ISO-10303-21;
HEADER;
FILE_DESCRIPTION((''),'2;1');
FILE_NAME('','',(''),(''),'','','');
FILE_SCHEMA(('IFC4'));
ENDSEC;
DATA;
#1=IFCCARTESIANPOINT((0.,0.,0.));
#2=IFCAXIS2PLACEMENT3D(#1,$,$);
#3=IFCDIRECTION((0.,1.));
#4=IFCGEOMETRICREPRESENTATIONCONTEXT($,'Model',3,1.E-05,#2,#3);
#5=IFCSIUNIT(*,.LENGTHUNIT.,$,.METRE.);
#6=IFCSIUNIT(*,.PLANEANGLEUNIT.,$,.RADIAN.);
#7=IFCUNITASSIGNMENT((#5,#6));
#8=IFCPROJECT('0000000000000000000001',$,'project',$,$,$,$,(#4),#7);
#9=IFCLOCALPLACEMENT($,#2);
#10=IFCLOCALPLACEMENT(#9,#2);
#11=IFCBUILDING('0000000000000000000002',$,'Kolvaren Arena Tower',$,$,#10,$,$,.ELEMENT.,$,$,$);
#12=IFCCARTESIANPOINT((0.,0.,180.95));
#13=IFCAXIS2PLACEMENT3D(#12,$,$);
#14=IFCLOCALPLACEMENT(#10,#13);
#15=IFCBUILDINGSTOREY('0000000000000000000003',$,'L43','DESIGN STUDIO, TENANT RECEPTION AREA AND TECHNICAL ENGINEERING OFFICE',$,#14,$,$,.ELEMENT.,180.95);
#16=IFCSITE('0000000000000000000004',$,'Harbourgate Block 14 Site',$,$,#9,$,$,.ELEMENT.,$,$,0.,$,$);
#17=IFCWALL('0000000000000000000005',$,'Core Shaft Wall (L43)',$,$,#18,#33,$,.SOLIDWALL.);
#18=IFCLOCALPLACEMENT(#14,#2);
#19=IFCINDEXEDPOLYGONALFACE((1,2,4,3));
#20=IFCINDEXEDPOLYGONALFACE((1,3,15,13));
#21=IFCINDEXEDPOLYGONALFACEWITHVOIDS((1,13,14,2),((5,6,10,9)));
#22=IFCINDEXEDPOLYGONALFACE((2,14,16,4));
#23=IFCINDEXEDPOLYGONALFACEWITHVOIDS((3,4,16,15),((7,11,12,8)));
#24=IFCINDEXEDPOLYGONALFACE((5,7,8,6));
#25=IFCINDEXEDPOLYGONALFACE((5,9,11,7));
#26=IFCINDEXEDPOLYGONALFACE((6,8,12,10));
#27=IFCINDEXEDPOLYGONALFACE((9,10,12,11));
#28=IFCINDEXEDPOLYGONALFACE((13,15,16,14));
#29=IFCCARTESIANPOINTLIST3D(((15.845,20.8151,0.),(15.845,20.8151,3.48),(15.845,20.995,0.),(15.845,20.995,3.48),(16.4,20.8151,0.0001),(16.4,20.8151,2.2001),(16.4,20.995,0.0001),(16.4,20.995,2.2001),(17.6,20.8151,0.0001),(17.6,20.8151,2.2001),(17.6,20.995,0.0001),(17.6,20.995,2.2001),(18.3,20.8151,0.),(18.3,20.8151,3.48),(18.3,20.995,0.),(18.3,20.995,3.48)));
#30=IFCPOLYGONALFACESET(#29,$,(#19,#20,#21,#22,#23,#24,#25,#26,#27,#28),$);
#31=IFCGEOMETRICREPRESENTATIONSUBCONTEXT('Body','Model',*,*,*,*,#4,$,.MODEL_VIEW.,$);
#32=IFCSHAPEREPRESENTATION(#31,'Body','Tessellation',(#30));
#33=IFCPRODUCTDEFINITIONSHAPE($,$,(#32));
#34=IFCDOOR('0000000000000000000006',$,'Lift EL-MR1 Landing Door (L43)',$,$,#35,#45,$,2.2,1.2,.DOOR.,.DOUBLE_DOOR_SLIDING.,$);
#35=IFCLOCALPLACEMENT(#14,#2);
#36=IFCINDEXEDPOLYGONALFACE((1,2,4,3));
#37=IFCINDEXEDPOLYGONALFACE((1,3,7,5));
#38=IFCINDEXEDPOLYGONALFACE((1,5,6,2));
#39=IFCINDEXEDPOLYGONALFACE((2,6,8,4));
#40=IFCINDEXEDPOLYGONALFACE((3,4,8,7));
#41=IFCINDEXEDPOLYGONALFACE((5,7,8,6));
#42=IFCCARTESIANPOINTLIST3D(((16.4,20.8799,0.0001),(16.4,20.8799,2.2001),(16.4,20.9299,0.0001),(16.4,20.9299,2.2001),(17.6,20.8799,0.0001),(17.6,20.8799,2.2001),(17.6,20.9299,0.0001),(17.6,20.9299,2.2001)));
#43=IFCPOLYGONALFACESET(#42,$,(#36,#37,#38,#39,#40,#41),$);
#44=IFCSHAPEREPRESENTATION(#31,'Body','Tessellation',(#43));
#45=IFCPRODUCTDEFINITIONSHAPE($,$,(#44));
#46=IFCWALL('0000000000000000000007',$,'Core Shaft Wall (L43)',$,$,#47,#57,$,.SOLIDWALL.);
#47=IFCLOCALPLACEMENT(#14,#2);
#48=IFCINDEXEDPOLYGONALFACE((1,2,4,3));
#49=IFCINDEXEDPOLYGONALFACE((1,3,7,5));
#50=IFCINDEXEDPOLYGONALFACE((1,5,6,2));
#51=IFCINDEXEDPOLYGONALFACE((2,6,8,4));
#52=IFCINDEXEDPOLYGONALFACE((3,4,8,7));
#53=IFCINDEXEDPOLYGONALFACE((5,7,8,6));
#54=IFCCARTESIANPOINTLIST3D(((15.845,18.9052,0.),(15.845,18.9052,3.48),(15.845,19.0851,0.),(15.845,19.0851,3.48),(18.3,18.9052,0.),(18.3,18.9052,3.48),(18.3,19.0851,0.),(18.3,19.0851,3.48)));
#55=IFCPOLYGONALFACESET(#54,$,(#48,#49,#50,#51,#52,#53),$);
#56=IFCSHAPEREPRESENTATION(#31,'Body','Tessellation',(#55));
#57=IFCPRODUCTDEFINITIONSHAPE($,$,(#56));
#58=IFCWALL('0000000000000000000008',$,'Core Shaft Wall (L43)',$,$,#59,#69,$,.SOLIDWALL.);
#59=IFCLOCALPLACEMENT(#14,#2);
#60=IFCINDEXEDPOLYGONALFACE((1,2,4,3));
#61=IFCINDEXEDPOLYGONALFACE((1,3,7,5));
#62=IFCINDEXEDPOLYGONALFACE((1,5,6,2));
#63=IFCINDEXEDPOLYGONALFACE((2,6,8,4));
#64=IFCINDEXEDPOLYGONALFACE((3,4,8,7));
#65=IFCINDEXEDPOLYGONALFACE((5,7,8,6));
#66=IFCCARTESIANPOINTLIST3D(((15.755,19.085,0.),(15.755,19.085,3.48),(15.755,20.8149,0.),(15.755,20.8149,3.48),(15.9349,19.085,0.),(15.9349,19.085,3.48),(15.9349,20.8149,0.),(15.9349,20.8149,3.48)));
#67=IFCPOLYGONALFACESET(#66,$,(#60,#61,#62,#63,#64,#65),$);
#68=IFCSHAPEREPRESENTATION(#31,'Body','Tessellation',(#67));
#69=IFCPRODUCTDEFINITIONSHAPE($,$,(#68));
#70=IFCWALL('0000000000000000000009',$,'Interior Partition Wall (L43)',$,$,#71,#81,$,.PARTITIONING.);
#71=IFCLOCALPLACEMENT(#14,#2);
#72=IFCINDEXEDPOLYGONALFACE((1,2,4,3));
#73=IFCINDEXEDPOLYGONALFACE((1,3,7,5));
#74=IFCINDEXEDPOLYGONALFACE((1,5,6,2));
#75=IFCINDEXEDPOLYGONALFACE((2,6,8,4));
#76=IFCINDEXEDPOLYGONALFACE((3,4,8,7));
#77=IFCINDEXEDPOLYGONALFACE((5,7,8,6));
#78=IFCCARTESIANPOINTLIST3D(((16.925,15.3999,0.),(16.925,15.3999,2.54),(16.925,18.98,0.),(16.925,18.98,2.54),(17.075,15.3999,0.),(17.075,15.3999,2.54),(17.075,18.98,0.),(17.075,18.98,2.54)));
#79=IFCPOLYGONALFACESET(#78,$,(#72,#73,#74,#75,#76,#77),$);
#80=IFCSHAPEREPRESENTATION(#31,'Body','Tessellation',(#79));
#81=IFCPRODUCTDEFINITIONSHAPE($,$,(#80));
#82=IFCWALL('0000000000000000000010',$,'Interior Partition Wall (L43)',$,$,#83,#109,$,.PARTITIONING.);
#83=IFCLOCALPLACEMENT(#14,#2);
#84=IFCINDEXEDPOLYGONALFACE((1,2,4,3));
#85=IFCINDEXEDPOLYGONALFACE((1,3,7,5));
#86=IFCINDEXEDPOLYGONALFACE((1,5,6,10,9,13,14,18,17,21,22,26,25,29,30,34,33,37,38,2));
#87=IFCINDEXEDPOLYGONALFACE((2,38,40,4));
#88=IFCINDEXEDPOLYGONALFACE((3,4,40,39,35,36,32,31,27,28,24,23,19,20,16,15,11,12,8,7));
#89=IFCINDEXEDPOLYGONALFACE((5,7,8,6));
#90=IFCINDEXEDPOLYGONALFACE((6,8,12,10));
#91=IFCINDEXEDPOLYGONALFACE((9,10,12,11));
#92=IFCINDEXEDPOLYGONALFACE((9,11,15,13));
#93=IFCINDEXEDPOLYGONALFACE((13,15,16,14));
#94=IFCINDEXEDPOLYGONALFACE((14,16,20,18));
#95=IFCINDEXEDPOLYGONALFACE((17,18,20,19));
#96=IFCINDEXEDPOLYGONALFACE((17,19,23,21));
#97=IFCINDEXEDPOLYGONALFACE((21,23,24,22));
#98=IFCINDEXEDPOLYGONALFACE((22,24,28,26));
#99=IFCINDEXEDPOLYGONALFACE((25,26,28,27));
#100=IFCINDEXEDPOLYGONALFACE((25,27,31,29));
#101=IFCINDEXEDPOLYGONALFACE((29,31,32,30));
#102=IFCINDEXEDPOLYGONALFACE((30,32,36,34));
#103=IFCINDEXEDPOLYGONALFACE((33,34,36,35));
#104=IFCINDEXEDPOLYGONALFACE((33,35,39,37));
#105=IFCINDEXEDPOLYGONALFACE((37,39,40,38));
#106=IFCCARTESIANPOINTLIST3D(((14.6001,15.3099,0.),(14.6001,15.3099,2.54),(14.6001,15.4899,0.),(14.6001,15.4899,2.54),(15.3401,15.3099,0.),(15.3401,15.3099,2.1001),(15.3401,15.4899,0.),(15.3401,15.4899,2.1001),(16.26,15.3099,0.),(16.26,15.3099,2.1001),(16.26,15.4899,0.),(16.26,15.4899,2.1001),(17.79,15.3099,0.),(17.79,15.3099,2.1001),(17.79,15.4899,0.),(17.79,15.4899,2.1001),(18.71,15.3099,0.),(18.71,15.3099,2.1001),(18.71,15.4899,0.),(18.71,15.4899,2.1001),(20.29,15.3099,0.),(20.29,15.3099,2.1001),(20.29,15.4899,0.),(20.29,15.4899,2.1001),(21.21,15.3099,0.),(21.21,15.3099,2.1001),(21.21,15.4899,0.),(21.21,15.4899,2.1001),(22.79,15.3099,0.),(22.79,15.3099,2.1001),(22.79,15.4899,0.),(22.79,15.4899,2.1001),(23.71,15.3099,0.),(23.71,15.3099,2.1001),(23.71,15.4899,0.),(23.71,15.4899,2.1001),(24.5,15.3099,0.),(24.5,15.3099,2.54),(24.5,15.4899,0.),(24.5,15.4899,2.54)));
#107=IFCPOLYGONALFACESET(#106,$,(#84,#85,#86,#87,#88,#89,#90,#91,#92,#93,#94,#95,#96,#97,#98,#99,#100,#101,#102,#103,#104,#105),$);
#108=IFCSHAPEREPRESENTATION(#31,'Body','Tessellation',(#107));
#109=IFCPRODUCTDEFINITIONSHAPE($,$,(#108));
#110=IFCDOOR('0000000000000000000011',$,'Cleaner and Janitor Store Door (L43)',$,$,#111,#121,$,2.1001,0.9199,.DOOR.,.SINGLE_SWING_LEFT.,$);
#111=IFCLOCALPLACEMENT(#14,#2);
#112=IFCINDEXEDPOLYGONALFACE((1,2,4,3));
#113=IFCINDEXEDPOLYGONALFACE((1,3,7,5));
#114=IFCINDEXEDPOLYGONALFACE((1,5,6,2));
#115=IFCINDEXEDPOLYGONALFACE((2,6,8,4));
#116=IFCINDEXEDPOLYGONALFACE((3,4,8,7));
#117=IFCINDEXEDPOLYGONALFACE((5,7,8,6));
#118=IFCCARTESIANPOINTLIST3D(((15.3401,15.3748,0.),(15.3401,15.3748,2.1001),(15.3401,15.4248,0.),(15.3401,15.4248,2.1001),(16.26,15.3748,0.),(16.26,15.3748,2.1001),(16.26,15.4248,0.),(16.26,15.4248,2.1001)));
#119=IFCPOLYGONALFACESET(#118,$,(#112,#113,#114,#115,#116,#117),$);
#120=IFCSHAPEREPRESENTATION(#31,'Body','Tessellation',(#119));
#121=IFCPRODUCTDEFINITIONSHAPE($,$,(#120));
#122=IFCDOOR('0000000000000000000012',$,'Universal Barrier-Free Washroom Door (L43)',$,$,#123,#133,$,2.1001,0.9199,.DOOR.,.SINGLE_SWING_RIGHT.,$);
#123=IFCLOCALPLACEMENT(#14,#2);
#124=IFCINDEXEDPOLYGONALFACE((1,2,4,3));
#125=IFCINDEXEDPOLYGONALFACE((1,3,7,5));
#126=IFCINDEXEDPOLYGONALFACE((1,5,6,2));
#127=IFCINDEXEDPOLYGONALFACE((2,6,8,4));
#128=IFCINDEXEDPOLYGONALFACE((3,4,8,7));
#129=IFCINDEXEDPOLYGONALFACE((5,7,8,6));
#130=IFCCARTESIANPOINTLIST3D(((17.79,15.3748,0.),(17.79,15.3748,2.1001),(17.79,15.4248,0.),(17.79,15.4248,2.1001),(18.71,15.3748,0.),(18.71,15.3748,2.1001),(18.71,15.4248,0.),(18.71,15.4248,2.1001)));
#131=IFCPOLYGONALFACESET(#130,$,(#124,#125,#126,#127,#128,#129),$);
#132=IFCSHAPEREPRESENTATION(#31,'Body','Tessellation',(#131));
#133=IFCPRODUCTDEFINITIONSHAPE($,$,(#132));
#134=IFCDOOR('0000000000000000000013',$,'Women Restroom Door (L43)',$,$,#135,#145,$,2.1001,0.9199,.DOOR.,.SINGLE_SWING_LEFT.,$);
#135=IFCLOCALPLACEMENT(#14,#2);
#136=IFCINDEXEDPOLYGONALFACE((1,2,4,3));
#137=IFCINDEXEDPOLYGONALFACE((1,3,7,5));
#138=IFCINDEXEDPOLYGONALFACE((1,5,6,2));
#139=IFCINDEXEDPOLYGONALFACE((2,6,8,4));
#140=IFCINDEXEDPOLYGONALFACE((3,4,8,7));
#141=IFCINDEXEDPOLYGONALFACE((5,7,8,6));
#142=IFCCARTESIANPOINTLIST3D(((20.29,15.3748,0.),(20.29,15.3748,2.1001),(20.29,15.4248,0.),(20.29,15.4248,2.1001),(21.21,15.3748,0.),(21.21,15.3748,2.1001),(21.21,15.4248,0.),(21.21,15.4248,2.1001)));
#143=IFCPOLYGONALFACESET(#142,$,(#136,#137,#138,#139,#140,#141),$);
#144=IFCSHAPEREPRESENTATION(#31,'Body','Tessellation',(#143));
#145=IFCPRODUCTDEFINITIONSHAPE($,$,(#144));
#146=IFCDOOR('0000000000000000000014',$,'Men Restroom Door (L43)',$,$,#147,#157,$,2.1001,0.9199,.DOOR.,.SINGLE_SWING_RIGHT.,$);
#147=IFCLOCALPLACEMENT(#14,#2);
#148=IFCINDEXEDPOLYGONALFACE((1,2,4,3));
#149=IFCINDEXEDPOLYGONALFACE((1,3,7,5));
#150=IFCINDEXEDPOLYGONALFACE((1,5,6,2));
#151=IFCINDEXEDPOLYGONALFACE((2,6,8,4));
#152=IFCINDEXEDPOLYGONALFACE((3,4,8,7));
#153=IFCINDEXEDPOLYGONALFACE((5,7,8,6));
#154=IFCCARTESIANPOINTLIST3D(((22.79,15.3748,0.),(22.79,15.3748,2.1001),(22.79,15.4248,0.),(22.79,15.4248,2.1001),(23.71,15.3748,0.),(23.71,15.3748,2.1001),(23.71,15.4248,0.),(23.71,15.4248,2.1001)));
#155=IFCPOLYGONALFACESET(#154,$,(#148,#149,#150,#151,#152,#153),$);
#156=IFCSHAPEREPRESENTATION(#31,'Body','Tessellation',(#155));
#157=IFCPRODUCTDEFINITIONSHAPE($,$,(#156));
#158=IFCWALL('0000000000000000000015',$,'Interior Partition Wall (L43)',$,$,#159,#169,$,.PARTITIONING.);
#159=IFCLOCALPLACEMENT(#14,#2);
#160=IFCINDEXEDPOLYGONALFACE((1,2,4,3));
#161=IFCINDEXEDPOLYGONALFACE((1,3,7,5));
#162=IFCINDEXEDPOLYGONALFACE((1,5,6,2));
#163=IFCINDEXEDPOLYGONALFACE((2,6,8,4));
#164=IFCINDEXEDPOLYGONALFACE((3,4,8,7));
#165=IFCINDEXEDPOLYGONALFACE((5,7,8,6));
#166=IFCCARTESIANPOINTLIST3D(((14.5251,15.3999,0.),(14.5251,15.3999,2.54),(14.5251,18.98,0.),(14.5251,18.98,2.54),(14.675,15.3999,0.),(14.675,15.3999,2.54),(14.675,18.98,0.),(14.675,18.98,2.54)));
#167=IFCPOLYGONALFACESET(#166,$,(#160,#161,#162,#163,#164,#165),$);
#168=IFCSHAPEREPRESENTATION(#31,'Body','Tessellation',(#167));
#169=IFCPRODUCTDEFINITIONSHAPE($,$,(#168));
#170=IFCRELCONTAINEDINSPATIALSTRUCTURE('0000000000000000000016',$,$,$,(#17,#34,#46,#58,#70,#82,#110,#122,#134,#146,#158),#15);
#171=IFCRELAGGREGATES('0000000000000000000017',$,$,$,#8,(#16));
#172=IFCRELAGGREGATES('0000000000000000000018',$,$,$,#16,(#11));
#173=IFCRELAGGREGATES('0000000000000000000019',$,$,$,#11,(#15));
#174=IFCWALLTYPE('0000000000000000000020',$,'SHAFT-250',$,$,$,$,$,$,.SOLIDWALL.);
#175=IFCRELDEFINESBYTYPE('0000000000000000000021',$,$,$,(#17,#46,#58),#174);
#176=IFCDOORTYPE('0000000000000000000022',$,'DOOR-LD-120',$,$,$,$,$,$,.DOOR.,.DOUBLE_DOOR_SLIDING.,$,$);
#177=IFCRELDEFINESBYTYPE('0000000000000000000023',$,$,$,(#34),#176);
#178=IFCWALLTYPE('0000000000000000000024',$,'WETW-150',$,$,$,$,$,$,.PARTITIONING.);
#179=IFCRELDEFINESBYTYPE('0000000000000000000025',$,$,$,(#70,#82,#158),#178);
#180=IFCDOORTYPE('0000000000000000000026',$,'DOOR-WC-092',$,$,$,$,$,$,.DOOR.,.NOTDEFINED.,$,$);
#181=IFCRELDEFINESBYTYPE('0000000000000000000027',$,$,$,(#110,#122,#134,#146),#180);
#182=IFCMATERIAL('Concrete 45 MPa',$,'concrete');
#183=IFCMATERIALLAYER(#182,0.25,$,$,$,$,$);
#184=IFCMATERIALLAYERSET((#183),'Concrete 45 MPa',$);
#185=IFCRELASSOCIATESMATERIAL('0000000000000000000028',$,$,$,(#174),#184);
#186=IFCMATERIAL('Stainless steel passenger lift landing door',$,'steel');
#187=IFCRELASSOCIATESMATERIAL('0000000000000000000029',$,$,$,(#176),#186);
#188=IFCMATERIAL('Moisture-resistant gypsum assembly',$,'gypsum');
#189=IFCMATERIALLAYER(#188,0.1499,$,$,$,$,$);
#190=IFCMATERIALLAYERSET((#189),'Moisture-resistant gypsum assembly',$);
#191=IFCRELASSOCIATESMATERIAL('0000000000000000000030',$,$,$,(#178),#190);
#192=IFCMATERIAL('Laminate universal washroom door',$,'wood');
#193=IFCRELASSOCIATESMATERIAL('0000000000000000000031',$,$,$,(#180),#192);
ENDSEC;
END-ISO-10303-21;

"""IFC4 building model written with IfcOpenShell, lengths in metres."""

from ifc_helpers import new_model, si_unit, direction, frame, frame_2d, origin, place, context, subcontext, project, spatial, rectangle, extrude, material, layer, layer_set, type_object, element, fill, save


model = new_model("IFC4")

# Units and contexts
model_context = context("Model", 3, precision=1e-05, world=origin(), true_north=direction((0.0, 1.0)))
body_context = subcontext(model_context, "Body", "Model", "MODEL_VIEW")
ifc_project = project(units=[si_unit("LENGTHUNIT", "METRE"), si_unit("PLANEANGLEUNIT", "RADIAN")], contexts=[model_context])

# Site, building, storey
site_placement = place(None, origin())
site = spatial("IfcSite", under=ifc_project, at=site_placement, Name="Harbourgate Block 14 Site", CompositionType="ELEMENT", RefElevation=0.0)
building_placement = place(site_placement, origin())
building = spatial("IfcBuilding", under=site, at=building_placement, Name="Kolvaren Arena Tower", CompositionType="ELEMENT")
storey_placement = place(building_placement, frame((0.0, 0.0, 180.95)))
storey = spatial("IfcBuildingStorey", under=building, at=storey_placement, Name="L43", Description="DESIGN STUDIO, TENANT RECEPTION AREA AND TECHNICAL ENGINEERING OFFICE", CompositionType="ELEMENT", Elevation=180.95)

# Wall, opening, door
ifc_material_1 = material(Name="Concrete 45 MPa", Category="concrete")
ifc_layer_1 = layer(ifc_material_1, 0.25)
ifc_layer_set_1 = layer_set([ifc_layer_1], Name="Concrete 45 MPa")
wall_type_1 = type_object("IfcWallType", Name="SHAFT-250", PredefinedType="SOLIDWALL", material=ifc_layer_set_1)
wall_1_placement = place(storey_placement, frame((15.845, 20.905, 0.0), z_axis=(0.0, 0.0, 1.0), x_axis=(1.0, 0.0, 0.0)))
wall_1 = element("IfcWall", 1, at=wall_1_placement, inside=storey, type_object=wall_type_1, Name="Core Shaft Wall (L43)", PredefinedType="SOLIDWALL", context=body_context, shape_type="SweptSolid", body=[
    extrude(rectangle(XDim=2.4551, YDim=0.1799, at=frame_2d((1.2275, 0.0))), origin(), (0.0, 0.0, 1.0), 3.48),
])
opening_1_placement = place(wall_1_placement, frame((0.5549, 0.0, 0.0)))
opening_1 = element("IfcOpeningElement", 2, at=opening_1_placement, cuts=wall_1, PredefinedType="OPENING", context=body_context, shape_type="SweptSolid", body=[
    extrude(rectangle(XDim=1.2, YDim=2.2, at=frame_2d((0.6001, 1.1001))), frame((0.0, 0.0999, 0.0), z_axis=(0.0, -1.0, 0.0), x_axis=(1.0, 0.0, 0.0)), (0.0, 0.0, 1.0), 0.2),
])
ifc_material_2 = material(Name="Stainless steel passenger lift landing door", Category="steel")
door_type_1 = type_object("IfcDoorType", Name="DOOR-LD-120", OperationType="DOUBLE_DOOR_SLIDING", PredefinedType="DOOR", material=ifc_material_2)
door_1_placement = place(opening_1_placement, origin())
door_1 = element("IfcDoor", 3, at=door_1_placement, inside=storey, type_object=door_type_1, Name="Lift EL-MR1 Landing Door (L43)", OperationType="DOUBLE_DOOR_SLIDING", OverallHeight=2.2, OverallWidth=1.2, PredefinedType="DOOR", context=body_context, shape_type="SweptSolid", body=[
    extrude(rectangle(XDim=1.2, YDim=2.2, at=frame_2d((0.6001, 1.1001))), frame((0.0, 0.0249, 0.0), z_axis=(0.0, -1.0, 0.0), x_axis=(1.0, 0.0, 0.0)), (0.0, 0.0, 1.0), 0.05),
])
fill(opening_1, door_1)

# Walls
wall_2_placement = place(storey_placement, frame((15.845, 18.9951, 0.0), z_axis=(0.0, 0.0, 1.0), x_axis=(1.0, 0.0, 0.0)))
element("IfcWall", 4, at=wall_2_placement, inside=storey, type_object=wall_type_1, Name="Core Shaft Wall (L43)", PredefinedType="SOLIDWALL", context=body_context, shape_type="SweptSolid", body=[
    extrude(rectangle(XDim=2.4551, YDim=0.1799, at=frame_2d((1.2275, 0.0))), origin(), (0.0, 0.0, 1.0), 3.48),
])
wall_3_placement = place(storey_placement, frame((15.845, 19.085, 0.0), z_axis=(0.0, 0.0, 1.0), x_axis=(0.0, 1.0, 0.0)))
element("IfcWall", 5, at=wall_3_placement, inside=storey, type_object=wall_type_1, Name="Core Shaft Wall (L43)", PredefinedType="SOLIDWALL", context=body_context, shape_type="SweptSolid", body=[
    extrude(rectangle(XDim=1.73, YDim=0.1799, at=frame_2d((0.865, 0.0))), origin(), (0.0, 0.0, 1.0), 3.48),
])
ifc_material_3 = material(Name="Moisture-resistant gypsum assembly", Category="gypsum")
ifc_layer_2 = layer(ifc_material_3, 0.1499)
ifc_layer_set_2 = layer_set([ifc_layer_2], Name="Moisture-resistant gypsum assembly")
wall_type_2 = type_object("IfcWallType", Name="WETW-150", PredefinedType="PARTITIONING", material=ifc_layer_set_2)
wall_4_placement = place(storey_placement, frame((17.0, 15.3999, 0.0), z_axis=(0.0, 0.0, 1.0), x_axis=(0.0, 1.0, 0.0)))
element("IfcWall", 6, at=wall_4_placement, inside=storey, type_object=wall_type_2, Name="Interior Partition Wall (L43)", PredefinedType="PARTITIONING", context=body_context, shape_type="SweptSolid", body=[
    extrude(rectangle(XDim=3.5801, YDim=0.1499, at=frame_2d((1.79, 0.0))), origin(), (0.0, 0.0, 1.0), 2.54),
])

# Wall, openings, doors
wall_5_placement = place(storey_placement, frame((14.6001, 15.3999, 0.0), z_axis=(0.0, 0.0, 1.0), x_axis=(1.0, 0.0, 0.0)))
wall_5 = element("IfcWall", 7, at=wall_5_placement, inside=storey, type_object=wall_type_2, Name="Interior Partition Wall (L43)", PredefinedType="PARTITIONING", context=body_context, shape_type="SweptSolid", body=[
    extrude(rectangle(XDim=9.8999, YDim=0.1799, at=frame_2d((4.95, 0.0))), origin(), (0.0, 0.0, 1.0), 2.54),
])
opening_2_placement = place(wall_5_placement, frame((0.74, 0.0, 0.0)))
opening_2 = element("IfcOpeningElement", 8, at=opening_2_placement, cuts=wall_5, PredefinedType="OPENING", context=body_context, shape_type="SweptSolid", body=[
    extrude(rectangle(XDim=0.9199, YDim=2.1001, at=frame_2d((0.46, 1.05))), frame((0.0, 0.0999, 0.0), z_axis=(0.0, -1.0, 0.0), x_axis=(1.0, 0.0, 0.0)), (0.0, 0.0, 1.0), 0.2),
])
opening_3_placement = place(wall_5_placement, frame((3.1899, 0.0, 0.0)))
opening_3 = element("IfcOpeningElement", 9, at=opening_3_placement, cuts=wall_5, PredefinedType="OPENING", context=body_context, shape_type="SweptSolid", body=[
    extrude(rectangle(XDim=0.9199, YDim=2.1001, at=frame_2d((0.46, 1.05))), frame((0.0, 0.0999, 0.0), z_axis=(0.0, -1.0, 0.0), x_axis=(1.0, 0.0, 0.0)), (0.0, 0.0, 1.0), 0.2),
])
opening_4_placement = place(wall_5_placement, frame((5.6899, 0.0, 0.0)))
opening_4 = element("IfcOpeningElement", 10, at=opening_4_placement, cuts=wall_5, PredefinedType="OPENING", context=body_context, shape_type="SweptSolid", body=[
    extrude(rectangle(XDim=0.9199, YDim=2.1001, at=frame_2d((0.46, 1.05))), frame((0.0, 0.0999, 0.0), z_axis=(0.0, -1.0, 0.0), x_axis=(1.0, 0.0, 0.0)), (0.0, 0.0, 1.0), 0.2),
])
opening_5_placement = place(wall_5_placement, frame((8.1899, 0.0, 0.0)))
opening_5 = element("IfcOpeningElement", 11, at=opening_5_placement, cuts=wall_5, PredefinedType="OPENING", context=body_context, shape_type="SweptSolid", body=[
    extrude(rectangle(XDim=0.9199, YDim=2.1001, at=frame_2d((0.46, 1.05))), frame((0.0, 0.0999, 0.0), z_axis=(0.0, -1.0, 0.0), x_axis=(1.0, 0.0, 0.0)), (0.0, 0.0, 1.0), 0.2),
])
ifc_material_4 = material(Name="Laminate universal washroom door", Category="wood")
door_type_2 = type_object("IfcDoorType", Name="DOOR-WC-092", OperationType="NOTDEFINED", PredefinedType="DOOR", material=ifc_material_4)
door_2_placement = place(opening_2_placement, origin())
door_2 = element("IfcDoor", 12, at=door_2_placement, inside=storey, type_object=door_type_2, Name="Cleaner and Janitor Store Door (L43)", OperationType="SINGLE_SWING_LEFT", OverallHeight=2.1001, OverallWidth=0.9199, PredefinedType="DOOR", context=body_context, shape_type="SweptSolid", body=[
    extrude(rectangle(XDim=0.9199, YDim=2.1001, at=frame_2d((0.46, 1.05))), frame((0.0, 0.0249, 0.0), z_axis=(0.0, -1.0, 0.0), x_axis=(1.0, 0.0, 0.0)), (0.0, 0.0, 1.0), 0.05),
])
fill(opening_2, door_2)
door_3_placement = place(opening_3_placement, origin())
door_3 = element("IfcDoor", 13, at=door_3_placement, inside=storey, type_object=door_type_2, Name="Universal Barrier-Free Washroom Door (L43)", OperationType="SINGLE_SWING_RIGHT", OverallHeight=2.1001, OverallWidth=0.9199, PredefinedType="DOOR", context=body_context, shape_type="SweptSolid", body=[
    extrude(rectangle(XDim=0.9199, YDim=2.1001, at=frame_2d((0.46, 1.05))), frame((0.0, 0.0249, 0.0), z_axis=(0.0, -1.0, 0.0), x_axis=(1.0, 0.0, 0.0)), (0.0, 0.0, 1.0), 0.05),
])
fill(opening_3, door_3)
door_4_placement = place(opening_4_placement, origin())
door_4 = element("IfcDoor", 14, at=door_4_placement, inside=storey, type_object=door_type_2, Name="Women Restroom Door (L43)", OperationType="SINGLE_SWING_LEFT", OverallHeight=2.1001, OverallWidth=0.9199, PredefinedType="DOOR", context=body_context, shape_type="SweptSolid", body=[
    extrude(rectangle(XDim=0.9199, YDim=2.1001, at=frame_2d((0.46, 1.05))), frame((0.0, 0.0249, 0.0), z_axis=(0.0, -1.0, 0.0), x_axis=(1.0, 0.0, 0.0)), (0.0, 0.0, 1.0), 0.05),
])
fill(opening_4, door_4)
door_5_placement = place(opening_5_placement, origin())
door_5 = element("IfcDoor", 15, at=door_5_placement, inside=storey, type_object=door_type_2, Name="Men Restroom Door (L43)", OperationType="SINGLE_SWING_RIGHT", OverallHeight=2.1001, OverallWidth=0.9199, PredefinedType="DOOR", context=body_context, shape_type="SweptSolid", body=[
    extrude(rectangle(XDim=0.9199, YDim=2.1001, at=frame_2d((0.46, 1.05))), frame((0.0, 0.0249, 0.0), z_axis=(0.0, -1.0, 0.0), x_axis=(1.0, 0.0, 0.0)), (0.0, 0.0, 1.0), 0.05),
])
fill(opening_5, door_5)

# Wall
wall_6_placement = place(storey_placement, frame((14.6001, 15.3999, 0.0), z_axis=(0.0, 0.0, 1.0), x_axis=(0.0, 1.0, 0.0)))
element("IfcWall", 16, at=wall_6_placement, inside=storey, type_object=wall_type_2, Name="Interior Partition Wall (L43)", PredefinedType="PARTITIONING", context=body_context, shape_type="SweptSolid", body=[
    extrude(rectangle(XDim=3.5801, YDim=0.1499, at=frame_2d((1.79, 0.0))), origin(), (0.0, 0.0, 1.0), 2.54),
])

save(model, "model.ifc")
